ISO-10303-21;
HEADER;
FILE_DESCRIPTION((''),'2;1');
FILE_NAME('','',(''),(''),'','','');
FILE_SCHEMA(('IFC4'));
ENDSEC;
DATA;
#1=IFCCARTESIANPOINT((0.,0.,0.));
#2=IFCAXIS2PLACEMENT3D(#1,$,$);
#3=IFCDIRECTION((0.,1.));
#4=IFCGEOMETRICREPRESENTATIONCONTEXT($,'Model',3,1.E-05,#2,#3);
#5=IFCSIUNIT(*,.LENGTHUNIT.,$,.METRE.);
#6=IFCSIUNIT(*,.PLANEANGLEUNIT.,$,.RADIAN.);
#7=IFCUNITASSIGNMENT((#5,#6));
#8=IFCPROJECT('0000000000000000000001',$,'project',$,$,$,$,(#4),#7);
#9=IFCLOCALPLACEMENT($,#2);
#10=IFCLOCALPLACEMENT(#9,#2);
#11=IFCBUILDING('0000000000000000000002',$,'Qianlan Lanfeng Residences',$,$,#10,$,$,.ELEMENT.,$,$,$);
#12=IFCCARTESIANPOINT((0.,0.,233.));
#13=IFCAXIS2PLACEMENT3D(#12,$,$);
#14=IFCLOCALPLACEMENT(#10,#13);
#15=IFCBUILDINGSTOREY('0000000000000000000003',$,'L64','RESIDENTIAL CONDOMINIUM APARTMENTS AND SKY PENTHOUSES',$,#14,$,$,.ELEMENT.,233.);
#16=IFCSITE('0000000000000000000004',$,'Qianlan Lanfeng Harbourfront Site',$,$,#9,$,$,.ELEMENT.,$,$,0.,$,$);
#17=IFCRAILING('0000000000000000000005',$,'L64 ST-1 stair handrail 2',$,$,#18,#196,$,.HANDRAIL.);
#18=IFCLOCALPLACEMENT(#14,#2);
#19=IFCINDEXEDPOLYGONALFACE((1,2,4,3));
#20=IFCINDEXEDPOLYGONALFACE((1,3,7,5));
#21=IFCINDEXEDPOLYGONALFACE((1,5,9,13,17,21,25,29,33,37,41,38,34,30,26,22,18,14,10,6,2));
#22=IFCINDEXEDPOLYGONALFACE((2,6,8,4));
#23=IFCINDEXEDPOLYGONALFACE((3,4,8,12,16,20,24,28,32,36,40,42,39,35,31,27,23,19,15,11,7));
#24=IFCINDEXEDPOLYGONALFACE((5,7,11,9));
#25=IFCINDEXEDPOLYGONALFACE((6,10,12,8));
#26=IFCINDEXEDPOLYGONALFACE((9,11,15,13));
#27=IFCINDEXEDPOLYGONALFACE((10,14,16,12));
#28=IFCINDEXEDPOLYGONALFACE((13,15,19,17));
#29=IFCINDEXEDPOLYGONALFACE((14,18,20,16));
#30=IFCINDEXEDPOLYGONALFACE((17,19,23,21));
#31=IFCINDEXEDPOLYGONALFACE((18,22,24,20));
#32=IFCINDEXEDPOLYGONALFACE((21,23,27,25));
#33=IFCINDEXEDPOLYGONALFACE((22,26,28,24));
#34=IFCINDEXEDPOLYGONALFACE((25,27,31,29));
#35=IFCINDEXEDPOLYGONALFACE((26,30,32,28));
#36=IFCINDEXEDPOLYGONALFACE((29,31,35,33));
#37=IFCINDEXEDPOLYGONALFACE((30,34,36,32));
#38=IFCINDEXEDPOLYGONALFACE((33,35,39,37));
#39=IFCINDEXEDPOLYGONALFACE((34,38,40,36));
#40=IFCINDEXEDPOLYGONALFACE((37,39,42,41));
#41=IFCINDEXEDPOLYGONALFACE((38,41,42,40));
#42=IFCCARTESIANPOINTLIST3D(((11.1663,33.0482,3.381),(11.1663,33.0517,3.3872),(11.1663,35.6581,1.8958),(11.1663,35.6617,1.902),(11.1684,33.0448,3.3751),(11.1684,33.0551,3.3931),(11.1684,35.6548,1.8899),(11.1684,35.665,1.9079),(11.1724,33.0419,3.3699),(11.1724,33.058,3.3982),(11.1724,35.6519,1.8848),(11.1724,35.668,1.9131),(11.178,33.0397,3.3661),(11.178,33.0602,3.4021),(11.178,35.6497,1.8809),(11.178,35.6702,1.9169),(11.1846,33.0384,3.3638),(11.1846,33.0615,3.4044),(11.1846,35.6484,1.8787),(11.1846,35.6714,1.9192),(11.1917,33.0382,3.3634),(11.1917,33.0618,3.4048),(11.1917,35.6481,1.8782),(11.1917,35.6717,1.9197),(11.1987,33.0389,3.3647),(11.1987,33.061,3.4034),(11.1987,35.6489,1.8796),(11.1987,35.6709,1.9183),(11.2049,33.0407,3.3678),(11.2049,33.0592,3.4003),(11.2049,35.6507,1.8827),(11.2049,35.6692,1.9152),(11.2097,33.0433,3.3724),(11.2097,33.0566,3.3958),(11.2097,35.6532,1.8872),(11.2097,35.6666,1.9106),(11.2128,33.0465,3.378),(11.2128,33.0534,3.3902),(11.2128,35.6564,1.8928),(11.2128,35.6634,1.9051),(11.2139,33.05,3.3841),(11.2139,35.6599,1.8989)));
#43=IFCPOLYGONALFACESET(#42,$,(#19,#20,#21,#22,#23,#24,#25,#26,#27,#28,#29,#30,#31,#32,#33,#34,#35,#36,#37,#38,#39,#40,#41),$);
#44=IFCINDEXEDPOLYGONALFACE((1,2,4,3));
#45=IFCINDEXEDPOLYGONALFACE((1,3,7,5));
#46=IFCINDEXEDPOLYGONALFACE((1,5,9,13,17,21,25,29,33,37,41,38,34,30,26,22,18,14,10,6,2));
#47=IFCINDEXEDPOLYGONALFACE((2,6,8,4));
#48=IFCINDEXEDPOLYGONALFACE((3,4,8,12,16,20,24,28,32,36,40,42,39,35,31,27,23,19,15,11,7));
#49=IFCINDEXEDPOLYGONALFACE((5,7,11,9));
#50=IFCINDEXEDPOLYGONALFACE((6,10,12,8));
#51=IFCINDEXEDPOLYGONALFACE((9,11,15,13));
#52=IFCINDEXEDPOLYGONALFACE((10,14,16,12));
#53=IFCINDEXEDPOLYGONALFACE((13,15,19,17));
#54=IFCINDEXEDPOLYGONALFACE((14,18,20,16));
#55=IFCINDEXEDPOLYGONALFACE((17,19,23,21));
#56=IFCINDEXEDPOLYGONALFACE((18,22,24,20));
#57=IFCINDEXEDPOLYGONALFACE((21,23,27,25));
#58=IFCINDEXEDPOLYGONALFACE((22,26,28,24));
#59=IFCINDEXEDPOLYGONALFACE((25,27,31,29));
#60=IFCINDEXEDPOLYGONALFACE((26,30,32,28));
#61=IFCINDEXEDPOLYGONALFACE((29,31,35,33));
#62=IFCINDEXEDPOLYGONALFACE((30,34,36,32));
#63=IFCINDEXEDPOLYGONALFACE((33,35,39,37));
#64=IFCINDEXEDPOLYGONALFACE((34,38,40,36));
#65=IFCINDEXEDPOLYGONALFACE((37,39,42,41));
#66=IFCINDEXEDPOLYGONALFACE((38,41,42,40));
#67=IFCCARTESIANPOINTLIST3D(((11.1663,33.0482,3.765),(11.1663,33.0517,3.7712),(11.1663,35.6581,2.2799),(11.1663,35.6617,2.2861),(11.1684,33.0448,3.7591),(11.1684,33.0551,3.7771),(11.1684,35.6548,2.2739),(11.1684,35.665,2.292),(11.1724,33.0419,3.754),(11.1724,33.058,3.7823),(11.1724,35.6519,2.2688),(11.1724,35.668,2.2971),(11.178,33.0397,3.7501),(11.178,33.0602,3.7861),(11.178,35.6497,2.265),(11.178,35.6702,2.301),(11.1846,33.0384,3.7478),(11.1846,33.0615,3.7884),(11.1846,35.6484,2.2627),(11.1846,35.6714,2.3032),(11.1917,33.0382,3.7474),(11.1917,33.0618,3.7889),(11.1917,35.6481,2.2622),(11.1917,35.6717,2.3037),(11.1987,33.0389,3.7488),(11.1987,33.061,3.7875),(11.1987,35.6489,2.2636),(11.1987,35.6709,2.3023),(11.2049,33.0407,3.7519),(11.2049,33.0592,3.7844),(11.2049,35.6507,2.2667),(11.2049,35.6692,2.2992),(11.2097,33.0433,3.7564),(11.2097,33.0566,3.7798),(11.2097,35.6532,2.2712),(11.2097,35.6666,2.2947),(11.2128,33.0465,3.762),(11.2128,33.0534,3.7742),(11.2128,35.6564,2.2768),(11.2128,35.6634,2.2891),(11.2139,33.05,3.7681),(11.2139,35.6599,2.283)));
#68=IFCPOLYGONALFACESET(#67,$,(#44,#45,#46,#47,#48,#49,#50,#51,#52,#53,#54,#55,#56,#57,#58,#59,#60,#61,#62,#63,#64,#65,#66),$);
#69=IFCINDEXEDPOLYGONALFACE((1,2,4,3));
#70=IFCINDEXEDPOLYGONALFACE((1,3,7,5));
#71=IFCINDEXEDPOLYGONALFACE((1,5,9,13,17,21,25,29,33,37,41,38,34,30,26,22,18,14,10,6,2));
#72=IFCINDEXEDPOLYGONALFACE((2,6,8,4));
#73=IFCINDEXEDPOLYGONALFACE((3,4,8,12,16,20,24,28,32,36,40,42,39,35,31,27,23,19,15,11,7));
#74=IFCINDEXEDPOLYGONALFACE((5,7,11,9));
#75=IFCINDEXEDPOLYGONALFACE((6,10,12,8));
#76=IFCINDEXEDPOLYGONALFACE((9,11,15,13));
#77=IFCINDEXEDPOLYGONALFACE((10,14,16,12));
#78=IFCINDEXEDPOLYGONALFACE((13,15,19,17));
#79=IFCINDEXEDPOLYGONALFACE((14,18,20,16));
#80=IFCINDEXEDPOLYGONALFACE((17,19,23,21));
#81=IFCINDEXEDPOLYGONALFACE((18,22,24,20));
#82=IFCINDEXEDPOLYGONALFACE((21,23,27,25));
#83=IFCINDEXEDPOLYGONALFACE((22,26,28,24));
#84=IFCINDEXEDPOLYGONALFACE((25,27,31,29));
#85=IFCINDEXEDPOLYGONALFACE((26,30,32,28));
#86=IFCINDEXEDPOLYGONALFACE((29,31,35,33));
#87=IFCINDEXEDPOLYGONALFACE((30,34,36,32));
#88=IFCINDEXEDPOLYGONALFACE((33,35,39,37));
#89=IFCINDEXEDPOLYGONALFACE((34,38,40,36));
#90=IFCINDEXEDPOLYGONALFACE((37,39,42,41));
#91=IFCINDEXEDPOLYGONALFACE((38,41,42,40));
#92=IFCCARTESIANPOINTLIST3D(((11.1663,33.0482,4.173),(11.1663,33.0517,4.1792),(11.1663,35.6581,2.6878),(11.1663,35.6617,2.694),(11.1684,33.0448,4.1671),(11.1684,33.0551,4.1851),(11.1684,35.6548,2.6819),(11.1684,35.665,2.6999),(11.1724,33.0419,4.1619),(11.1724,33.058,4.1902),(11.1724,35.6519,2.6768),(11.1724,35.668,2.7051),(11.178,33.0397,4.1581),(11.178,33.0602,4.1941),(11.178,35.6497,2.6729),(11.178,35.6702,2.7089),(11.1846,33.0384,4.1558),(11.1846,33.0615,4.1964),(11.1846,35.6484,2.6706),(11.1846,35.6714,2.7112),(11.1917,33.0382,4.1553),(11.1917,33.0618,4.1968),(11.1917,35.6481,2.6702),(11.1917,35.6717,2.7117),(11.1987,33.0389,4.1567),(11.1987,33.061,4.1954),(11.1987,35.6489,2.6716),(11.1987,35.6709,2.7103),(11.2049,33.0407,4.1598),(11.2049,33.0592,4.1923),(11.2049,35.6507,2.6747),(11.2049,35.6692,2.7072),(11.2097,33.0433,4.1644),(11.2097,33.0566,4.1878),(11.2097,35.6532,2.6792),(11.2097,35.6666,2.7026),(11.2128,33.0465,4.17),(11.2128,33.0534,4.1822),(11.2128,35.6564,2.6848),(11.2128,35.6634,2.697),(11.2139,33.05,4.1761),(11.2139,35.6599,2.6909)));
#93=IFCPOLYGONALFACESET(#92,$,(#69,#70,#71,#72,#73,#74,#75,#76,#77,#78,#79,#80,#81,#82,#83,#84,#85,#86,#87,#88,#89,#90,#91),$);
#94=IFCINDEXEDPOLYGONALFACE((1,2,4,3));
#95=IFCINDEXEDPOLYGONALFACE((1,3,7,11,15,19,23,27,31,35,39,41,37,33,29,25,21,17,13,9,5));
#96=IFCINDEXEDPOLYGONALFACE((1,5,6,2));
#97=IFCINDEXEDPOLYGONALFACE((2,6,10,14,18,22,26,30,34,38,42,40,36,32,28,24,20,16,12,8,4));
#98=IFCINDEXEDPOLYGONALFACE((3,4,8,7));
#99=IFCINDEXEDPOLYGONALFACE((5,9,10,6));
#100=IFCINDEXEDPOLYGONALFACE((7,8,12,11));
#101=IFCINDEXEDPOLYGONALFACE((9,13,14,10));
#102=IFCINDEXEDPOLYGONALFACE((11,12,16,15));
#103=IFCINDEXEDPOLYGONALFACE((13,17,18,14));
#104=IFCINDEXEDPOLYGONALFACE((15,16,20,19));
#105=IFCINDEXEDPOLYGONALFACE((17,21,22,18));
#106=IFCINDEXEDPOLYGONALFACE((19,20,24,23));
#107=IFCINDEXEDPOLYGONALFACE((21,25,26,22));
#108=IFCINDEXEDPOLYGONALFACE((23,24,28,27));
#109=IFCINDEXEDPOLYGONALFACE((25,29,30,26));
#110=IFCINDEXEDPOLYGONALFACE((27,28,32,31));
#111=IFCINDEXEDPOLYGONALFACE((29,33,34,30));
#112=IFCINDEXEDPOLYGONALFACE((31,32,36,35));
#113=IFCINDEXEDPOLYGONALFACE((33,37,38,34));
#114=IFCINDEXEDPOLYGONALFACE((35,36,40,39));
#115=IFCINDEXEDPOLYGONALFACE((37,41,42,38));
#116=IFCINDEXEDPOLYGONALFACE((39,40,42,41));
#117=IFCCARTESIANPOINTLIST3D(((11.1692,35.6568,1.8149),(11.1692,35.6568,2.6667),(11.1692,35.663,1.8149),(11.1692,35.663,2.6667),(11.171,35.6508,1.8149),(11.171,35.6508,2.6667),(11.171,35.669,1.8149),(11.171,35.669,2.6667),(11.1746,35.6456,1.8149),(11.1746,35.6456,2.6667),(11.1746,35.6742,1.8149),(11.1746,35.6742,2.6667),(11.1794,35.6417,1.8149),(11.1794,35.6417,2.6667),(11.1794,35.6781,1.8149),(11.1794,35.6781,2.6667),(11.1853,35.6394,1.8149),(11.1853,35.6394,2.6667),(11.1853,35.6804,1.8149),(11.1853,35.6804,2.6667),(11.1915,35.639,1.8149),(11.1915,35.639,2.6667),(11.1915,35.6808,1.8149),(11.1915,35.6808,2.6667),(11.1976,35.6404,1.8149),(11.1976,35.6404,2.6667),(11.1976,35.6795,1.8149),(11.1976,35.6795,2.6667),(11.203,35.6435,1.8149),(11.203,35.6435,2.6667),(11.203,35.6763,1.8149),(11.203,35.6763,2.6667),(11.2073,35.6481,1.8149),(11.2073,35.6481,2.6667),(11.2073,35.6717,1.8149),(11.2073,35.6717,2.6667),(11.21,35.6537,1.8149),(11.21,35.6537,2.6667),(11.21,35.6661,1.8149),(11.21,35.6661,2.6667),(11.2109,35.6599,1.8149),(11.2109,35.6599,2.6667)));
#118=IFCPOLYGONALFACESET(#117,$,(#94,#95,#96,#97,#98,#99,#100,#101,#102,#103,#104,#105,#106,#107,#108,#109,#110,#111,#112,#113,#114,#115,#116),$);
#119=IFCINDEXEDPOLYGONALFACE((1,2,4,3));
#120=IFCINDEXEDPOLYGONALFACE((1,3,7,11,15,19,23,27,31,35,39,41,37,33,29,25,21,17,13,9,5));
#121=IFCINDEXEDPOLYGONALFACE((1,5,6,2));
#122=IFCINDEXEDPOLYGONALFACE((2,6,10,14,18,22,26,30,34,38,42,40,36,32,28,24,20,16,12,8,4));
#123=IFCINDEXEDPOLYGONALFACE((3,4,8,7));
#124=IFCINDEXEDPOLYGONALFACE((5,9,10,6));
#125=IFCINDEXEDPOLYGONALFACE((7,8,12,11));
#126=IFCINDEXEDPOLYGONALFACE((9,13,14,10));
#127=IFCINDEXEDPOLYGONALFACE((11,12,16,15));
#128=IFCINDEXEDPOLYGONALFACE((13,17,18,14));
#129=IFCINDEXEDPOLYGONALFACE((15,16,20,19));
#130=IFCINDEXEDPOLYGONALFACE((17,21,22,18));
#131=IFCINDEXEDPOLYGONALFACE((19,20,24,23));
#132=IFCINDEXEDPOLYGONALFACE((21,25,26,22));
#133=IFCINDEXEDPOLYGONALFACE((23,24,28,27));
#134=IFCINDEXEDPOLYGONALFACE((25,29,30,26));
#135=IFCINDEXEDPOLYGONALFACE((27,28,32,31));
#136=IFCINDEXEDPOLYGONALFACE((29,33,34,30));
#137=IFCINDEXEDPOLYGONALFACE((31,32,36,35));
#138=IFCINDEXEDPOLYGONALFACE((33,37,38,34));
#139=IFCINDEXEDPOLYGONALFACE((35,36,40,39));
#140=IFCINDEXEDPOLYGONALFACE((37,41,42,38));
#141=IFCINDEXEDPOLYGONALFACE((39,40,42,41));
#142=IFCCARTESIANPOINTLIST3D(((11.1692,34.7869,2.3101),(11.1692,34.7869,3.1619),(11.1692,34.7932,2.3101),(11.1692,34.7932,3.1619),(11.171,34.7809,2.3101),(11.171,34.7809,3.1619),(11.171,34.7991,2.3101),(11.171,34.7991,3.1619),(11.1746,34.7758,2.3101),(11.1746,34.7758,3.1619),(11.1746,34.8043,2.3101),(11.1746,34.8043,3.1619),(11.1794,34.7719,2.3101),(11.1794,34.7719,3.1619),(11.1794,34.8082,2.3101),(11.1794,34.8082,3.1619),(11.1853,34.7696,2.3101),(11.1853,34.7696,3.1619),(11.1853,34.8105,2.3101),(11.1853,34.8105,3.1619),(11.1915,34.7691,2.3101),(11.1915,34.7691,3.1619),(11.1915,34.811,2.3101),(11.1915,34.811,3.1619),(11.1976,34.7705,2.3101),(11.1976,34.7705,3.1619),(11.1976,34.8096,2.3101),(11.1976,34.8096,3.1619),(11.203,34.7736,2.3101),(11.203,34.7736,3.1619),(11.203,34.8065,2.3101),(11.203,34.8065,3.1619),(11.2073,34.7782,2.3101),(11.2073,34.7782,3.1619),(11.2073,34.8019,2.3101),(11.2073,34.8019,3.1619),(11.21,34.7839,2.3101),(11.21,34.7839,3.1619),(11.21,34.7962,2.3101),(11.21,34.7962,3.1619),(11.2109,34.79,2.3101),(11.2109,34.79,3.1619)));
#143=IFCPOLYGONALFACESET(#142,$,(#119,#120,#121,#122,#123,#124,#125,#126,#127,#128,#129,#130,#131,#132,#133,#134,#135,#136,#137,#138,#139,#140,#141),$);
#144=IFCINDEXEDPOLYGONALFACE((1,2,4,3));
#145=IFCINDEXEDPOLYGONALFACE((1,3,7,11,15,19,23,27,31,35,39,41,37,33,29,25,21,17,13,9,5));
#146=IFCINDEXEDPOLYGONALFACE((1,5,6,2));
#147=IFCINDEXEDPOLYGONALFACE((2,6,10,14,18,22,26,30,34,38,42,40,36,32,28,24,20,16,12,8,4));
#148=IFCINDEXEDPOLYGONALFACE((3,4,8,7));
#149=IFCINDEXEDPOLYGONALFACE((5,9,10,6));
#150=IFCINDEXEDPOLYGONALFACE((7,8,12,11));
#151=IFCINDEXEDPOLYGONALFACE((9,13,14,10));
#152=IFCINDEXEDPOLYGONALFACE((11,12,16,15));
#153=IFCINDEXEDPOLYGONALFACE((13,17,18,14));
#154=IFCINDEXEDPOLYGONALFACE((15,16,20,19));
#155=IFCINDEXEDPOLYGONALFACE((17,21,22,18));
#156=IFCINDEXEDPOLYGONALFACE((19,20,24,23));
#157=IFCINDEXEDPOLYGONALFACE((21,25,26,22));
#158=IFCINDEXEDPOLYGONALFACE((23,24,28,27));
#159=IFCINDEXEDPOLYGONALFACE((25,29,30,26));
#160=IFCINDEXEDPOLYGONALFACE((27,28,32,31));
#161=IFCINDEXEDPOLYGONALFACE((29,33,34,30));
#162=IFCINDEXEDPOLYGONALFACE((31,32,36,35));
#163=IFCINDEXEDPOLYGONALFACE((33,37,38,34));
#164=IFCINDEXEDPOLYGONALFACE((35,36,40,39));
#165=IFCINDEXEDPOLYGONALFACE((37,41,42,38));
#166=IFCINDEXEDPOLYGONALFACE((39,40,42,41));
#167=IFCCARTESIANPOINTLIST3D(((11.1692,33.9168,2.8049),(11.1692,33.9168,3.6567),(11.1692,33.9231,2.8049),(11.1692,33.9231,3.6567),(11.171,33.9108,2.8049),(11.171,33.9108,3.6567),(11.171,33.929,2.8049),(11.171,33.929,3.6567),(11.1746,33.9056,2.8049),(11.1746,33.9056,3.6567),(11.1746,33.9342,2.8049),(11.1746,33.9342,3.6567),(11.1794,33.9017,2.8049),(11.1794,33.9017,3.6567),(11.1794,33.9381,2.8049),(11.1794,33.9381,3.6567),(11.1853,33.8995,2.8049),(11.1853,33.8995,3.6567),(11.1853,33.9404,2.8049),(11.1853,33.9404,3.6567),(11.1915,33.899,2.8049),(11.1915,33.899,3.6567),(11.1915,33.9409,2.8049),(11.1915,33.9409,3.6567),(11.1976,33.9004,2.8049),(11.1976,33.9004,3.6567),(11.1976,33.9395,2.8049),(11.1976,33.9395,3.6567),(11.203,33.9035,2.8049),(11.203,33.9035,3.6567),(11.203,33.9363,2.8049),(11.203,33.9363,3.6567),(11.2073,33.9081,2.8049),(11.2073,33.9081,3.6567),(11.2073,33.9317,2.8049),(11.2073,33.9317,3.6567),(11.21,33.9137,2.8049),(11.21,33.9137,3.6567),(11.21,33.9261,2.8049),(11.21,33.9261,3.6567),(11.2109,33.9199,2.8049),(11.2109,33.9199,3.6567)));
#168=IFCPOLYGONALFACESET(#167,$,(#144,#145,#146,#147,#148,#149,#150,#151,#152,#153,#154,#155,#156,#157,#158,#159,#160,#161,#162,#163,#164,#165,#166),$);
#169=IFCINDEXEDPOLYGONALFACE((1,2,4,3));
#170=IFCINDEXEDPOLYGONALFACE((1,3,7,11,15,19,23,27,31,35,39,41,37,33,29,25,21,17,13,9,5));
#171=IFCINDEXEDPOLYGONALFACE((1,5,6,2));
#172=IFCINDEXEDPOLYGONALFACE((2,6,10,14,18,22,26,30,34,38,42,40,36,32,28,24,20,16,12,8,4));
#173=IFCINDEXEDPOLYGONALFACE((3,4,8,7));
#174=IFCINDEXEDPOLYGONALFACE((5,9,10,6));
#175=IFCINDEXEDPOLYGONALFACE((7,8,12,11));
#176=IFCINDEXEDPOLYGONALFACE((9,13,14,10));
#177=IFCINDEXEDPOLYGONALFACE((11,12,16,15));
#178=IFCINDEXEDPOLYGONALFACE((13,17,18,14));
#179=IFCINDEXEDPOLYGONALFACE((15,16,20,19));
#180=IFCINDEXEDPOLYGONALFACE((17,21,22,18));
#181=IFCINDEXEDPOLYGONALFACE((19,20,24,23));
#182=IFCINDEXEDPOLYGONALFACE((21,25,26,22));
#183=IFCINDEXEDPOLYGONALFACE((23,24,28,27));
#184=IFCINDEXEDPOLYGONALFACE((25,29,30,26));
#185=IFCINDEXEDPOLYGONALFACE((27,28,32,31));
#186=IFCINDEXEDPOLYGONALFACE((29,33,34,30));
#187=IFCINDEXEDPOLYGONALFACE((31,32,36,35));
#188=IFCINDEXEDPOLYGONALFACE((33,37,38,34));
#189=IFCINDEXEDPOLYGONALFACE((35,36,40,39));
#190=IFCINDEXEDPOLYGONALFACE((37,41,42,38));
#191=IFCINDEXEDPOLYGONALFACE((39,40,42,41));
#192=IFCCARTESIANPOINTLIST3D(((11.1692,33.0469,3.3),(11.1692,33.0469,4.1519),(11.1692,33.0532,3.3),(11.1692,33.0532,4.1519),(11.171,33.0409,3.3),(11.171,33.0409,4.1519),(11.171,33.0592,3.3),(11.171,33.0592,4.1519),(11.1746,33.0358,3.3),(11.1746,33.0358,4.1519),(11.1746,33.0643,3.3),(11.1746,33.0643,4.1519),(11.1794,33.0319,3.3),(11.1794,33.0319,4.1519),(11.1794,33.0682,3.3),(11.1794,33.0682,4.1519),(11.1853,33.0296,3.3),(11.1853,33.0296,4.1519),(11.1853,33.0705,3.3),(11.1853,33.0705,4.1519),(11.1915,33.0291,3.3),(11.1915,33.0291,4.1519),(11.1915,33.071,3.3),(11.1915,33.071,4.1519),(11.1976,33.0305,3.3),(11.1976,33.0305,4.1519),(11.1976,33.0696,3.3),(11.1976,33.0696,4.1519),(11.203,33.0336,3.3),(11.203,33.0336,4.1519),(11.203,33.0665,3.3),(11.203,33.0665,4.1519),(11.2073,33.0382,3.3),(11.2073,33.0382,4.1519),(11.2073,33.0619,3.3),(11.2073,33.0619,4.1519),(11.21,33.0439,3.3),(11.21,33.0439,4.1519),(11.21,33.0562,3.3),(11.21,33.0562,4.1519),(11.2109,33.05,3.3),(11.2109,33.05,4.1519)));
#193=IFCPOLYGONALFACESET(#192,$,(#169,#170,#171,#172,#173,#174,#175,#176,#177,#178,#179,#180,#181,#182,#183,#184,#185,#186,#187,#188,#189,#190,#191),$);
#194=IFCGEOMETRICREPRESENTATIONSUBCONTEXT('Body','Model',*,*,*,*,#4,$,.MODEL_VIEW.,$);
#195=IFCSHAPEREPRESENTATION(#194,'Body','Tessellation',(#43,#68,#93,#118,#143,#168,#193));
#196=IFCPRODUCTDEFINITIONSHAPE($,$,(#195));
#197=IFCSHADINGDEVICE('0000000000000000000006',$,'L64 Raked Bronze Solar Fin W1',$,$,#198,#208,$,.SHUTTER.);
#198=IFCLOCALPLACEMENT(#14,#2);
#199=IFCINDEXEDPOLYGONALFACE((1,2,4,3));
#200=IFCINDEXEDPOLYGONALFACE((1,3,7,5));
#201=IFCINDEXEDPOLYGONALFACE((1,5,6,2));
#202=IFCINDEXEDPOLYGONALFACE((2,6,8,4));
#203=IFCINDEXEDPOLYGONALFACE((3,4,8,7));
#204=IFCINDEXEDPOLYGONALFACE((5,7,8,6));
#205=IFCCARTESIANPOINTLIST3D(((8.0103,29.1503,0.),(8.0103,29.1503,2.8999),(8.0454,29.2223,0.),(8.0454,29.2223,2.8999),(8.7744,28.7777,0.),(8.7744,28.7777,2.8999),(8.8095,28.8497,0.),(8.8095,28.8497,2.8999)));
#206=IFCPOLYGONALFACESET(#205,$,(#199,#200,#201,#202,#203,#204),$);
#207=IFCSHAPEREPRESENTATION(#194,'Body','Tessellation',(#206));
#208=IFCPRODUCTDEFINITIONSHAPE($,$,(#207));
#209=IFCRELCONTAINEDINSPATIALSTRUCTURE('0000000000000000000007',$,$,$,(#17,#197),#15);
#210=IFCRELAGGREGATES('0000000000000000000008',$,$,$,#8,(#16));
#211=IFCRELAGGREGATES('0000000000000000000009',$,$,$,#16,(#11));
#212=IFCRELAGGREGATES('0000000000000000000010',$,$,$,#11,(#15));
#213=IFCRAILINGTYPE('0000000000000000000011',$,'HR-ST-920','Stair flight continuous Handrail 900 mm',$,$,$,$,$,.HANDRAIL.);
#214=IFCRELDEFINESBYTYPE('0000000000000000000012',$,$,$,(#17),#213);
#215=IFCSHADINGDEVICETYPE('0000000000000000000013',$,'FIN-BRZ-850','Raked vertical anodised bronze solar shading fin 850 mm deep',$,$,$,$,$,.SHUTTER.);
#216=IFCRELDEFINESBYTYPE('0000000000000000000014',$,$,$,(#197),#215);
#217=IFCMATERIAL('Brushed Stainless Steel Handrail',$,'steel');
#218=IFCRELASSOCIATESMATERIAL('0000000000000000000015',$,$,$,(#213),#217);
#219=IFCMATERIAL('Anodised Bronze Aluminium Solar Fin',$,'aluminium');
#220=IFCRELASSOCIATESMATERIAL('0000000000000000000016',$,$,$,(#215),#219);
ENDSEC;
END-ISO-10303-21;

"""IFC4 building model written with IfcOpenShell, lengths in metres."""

from ifc_helpers import new_model, si_unit, direction, frame, origin, origin_2d, place, context, subcontext, project, spatial, rectangle, circle, extrude, source, transform, mapped, material, type_object, element, save


model = new_model("IFC4")

# Units and contexts
model_context = context("Model", 3, precision=1e-05, world=origin(), true_north=direction((0.0, 1.0)))
body_context = subcontext(model_context, "Body", "Model", "MODEL_VIEW")
ifc_project = project(units=[si_unit("LENGTHUNIT", "METRE"), si_unit("PLANEANGLEUNIT", "RADIAN")], contexts=[model_context])

# Site, building, storey
site_placement = place(None, origin())
site = spatial("IfcSite", under=ifc_project, at=site_placement, Name="Qianlan Lanfeng Harbourfront Site", CompositionType="ELEMENT", RefElevation=0.0)
building_placement = place(site_placement, origin())
building = spatial("IfcBuilding", under=site, at=building_placement, Name="Qianlan Lanfeng Residences", CompositionType="ELEMENT")
storey_placement = place(building_placement, frame((0.0, 0.0, 233.0)))
storey = spatial("IfcBuildingStorey", under=building, at=storey_placement, Name="L64", Description="RESIDENTIAL CONDOMINIUM APARTMENTS AND SKY PENTHOUSES", CompositionType="ELEMENT", Elevation=233.0)

# Railing
ifc_material_1 = material(Name="Brushed Stainless Steel Handrail", Category="steel")
railing_type_1 = type_object("IfcRailingType", Name="HR-ST-920", Description="Stair flight continuous Handrail 900 mm", PredefinedType="HANDRAIL", material=ifc_material_1)
railing_1_placement = place(storey_placement, frame((11.1899, 35.6599, 1.8149)))
element("IfcRailing", 1, at=railing_1_placement, inside=storey, type_object=railing_type_1, Name="L64 ST-1 stair handrail 2", PredefinedType="HANDRAIL", context=body_context, shape_type="SweptSolid", body=[
    extrude(circle(Radius=0.0239, at=origin_2d()), frame((0.0, 0.0, 0.084), z_axis=(0.0, -0.869137, 0.494571), x_axis=(1.0, 0.0, 0.0)), (0.0, 0.0, 1.0), 3.0029),
    extrude(circle(Radius=0.0239, at=origin_2d()), frame((0.0, 0.0, 0.468), z_axis=(0.0, -0.869137, 0.494571), x_axis=(1.0, 0.0, 0.0)), (0.0, 0.0, 1.0), 3.0029),
    extrude(circle(Radius=0.0239, at=origin_2d()), frame((0.0, 0.0, 0.876), z_axis=(0.0, -0.869137, 0.494571), x_axis=(1.0, 0.0, 0.0)), (0.0, 0.0, 1.0), 3.0029),
    extrude(circle(Radius=0.021, at=origin_2d()), origin(), (0.0, 0.0, 1.0), 0.8518),
    extrude(circle(Radius=0.021, at=origin_2d()), frame((0.0, -0.8699, 0.4951)), (0.0, 0.0, 1.0), 0.8518),
    extrude(circle(Radius=0.021, at=origin_2d()), frame((0.0, -1.74, 0.99)), (0.0, 0.0, 1.0), 0.8518),
    extrude(circle(Radius=0.021, at=origin_2d()), frame((0.0, -2.6099, 1.4851)), (0.0, 0.0, 1.0), 0.8518),
])

# Shading device
ifc_material_2 = material(Name="Anodised Bronze Aluminium Solar Fin", Category="aluminium")
shading_device_type = type_object("IfcShadingDeviceType", Name="FIN-BRZ-850", Description="Raked vertical anodised bronze solar shading fin 850 mm deep", PredefinedType="SHUTTER", material=ifc_material_2)
shared_shape_1 = source(origin(), body_context, "Body", "SweptSolid", [
    extrude(rectangle(XDim=0.8501, YDim=0.0801, at=origin_2d()), origin(), (0.0, 0.0, 1.0), 2.8999),
])
for number, where, z_axis, x_axis, name in (
    (2, (8.4099, 29.0, 0.0), (0.0, 0.0, 1.0), (0.898794, -0.438371, 0.0), "L64 Raked Bronze Solar Fin W1"),
):
    element("IfcShadingDevice", number, at=place(storey_placement, frame(where, z_axis=z_axis, x_axis=x_axis)), inside=storey, type_object=shading_device_type, Name=name, PredefinedType="SHUTTER", context=body_context, shape_type="MappedRepresentation", body=[
        mapped(shared_shape_1, transform((0.0, 0.0, 0.0), scale=1.0)),
    ])

save(model, "model.ifc")
